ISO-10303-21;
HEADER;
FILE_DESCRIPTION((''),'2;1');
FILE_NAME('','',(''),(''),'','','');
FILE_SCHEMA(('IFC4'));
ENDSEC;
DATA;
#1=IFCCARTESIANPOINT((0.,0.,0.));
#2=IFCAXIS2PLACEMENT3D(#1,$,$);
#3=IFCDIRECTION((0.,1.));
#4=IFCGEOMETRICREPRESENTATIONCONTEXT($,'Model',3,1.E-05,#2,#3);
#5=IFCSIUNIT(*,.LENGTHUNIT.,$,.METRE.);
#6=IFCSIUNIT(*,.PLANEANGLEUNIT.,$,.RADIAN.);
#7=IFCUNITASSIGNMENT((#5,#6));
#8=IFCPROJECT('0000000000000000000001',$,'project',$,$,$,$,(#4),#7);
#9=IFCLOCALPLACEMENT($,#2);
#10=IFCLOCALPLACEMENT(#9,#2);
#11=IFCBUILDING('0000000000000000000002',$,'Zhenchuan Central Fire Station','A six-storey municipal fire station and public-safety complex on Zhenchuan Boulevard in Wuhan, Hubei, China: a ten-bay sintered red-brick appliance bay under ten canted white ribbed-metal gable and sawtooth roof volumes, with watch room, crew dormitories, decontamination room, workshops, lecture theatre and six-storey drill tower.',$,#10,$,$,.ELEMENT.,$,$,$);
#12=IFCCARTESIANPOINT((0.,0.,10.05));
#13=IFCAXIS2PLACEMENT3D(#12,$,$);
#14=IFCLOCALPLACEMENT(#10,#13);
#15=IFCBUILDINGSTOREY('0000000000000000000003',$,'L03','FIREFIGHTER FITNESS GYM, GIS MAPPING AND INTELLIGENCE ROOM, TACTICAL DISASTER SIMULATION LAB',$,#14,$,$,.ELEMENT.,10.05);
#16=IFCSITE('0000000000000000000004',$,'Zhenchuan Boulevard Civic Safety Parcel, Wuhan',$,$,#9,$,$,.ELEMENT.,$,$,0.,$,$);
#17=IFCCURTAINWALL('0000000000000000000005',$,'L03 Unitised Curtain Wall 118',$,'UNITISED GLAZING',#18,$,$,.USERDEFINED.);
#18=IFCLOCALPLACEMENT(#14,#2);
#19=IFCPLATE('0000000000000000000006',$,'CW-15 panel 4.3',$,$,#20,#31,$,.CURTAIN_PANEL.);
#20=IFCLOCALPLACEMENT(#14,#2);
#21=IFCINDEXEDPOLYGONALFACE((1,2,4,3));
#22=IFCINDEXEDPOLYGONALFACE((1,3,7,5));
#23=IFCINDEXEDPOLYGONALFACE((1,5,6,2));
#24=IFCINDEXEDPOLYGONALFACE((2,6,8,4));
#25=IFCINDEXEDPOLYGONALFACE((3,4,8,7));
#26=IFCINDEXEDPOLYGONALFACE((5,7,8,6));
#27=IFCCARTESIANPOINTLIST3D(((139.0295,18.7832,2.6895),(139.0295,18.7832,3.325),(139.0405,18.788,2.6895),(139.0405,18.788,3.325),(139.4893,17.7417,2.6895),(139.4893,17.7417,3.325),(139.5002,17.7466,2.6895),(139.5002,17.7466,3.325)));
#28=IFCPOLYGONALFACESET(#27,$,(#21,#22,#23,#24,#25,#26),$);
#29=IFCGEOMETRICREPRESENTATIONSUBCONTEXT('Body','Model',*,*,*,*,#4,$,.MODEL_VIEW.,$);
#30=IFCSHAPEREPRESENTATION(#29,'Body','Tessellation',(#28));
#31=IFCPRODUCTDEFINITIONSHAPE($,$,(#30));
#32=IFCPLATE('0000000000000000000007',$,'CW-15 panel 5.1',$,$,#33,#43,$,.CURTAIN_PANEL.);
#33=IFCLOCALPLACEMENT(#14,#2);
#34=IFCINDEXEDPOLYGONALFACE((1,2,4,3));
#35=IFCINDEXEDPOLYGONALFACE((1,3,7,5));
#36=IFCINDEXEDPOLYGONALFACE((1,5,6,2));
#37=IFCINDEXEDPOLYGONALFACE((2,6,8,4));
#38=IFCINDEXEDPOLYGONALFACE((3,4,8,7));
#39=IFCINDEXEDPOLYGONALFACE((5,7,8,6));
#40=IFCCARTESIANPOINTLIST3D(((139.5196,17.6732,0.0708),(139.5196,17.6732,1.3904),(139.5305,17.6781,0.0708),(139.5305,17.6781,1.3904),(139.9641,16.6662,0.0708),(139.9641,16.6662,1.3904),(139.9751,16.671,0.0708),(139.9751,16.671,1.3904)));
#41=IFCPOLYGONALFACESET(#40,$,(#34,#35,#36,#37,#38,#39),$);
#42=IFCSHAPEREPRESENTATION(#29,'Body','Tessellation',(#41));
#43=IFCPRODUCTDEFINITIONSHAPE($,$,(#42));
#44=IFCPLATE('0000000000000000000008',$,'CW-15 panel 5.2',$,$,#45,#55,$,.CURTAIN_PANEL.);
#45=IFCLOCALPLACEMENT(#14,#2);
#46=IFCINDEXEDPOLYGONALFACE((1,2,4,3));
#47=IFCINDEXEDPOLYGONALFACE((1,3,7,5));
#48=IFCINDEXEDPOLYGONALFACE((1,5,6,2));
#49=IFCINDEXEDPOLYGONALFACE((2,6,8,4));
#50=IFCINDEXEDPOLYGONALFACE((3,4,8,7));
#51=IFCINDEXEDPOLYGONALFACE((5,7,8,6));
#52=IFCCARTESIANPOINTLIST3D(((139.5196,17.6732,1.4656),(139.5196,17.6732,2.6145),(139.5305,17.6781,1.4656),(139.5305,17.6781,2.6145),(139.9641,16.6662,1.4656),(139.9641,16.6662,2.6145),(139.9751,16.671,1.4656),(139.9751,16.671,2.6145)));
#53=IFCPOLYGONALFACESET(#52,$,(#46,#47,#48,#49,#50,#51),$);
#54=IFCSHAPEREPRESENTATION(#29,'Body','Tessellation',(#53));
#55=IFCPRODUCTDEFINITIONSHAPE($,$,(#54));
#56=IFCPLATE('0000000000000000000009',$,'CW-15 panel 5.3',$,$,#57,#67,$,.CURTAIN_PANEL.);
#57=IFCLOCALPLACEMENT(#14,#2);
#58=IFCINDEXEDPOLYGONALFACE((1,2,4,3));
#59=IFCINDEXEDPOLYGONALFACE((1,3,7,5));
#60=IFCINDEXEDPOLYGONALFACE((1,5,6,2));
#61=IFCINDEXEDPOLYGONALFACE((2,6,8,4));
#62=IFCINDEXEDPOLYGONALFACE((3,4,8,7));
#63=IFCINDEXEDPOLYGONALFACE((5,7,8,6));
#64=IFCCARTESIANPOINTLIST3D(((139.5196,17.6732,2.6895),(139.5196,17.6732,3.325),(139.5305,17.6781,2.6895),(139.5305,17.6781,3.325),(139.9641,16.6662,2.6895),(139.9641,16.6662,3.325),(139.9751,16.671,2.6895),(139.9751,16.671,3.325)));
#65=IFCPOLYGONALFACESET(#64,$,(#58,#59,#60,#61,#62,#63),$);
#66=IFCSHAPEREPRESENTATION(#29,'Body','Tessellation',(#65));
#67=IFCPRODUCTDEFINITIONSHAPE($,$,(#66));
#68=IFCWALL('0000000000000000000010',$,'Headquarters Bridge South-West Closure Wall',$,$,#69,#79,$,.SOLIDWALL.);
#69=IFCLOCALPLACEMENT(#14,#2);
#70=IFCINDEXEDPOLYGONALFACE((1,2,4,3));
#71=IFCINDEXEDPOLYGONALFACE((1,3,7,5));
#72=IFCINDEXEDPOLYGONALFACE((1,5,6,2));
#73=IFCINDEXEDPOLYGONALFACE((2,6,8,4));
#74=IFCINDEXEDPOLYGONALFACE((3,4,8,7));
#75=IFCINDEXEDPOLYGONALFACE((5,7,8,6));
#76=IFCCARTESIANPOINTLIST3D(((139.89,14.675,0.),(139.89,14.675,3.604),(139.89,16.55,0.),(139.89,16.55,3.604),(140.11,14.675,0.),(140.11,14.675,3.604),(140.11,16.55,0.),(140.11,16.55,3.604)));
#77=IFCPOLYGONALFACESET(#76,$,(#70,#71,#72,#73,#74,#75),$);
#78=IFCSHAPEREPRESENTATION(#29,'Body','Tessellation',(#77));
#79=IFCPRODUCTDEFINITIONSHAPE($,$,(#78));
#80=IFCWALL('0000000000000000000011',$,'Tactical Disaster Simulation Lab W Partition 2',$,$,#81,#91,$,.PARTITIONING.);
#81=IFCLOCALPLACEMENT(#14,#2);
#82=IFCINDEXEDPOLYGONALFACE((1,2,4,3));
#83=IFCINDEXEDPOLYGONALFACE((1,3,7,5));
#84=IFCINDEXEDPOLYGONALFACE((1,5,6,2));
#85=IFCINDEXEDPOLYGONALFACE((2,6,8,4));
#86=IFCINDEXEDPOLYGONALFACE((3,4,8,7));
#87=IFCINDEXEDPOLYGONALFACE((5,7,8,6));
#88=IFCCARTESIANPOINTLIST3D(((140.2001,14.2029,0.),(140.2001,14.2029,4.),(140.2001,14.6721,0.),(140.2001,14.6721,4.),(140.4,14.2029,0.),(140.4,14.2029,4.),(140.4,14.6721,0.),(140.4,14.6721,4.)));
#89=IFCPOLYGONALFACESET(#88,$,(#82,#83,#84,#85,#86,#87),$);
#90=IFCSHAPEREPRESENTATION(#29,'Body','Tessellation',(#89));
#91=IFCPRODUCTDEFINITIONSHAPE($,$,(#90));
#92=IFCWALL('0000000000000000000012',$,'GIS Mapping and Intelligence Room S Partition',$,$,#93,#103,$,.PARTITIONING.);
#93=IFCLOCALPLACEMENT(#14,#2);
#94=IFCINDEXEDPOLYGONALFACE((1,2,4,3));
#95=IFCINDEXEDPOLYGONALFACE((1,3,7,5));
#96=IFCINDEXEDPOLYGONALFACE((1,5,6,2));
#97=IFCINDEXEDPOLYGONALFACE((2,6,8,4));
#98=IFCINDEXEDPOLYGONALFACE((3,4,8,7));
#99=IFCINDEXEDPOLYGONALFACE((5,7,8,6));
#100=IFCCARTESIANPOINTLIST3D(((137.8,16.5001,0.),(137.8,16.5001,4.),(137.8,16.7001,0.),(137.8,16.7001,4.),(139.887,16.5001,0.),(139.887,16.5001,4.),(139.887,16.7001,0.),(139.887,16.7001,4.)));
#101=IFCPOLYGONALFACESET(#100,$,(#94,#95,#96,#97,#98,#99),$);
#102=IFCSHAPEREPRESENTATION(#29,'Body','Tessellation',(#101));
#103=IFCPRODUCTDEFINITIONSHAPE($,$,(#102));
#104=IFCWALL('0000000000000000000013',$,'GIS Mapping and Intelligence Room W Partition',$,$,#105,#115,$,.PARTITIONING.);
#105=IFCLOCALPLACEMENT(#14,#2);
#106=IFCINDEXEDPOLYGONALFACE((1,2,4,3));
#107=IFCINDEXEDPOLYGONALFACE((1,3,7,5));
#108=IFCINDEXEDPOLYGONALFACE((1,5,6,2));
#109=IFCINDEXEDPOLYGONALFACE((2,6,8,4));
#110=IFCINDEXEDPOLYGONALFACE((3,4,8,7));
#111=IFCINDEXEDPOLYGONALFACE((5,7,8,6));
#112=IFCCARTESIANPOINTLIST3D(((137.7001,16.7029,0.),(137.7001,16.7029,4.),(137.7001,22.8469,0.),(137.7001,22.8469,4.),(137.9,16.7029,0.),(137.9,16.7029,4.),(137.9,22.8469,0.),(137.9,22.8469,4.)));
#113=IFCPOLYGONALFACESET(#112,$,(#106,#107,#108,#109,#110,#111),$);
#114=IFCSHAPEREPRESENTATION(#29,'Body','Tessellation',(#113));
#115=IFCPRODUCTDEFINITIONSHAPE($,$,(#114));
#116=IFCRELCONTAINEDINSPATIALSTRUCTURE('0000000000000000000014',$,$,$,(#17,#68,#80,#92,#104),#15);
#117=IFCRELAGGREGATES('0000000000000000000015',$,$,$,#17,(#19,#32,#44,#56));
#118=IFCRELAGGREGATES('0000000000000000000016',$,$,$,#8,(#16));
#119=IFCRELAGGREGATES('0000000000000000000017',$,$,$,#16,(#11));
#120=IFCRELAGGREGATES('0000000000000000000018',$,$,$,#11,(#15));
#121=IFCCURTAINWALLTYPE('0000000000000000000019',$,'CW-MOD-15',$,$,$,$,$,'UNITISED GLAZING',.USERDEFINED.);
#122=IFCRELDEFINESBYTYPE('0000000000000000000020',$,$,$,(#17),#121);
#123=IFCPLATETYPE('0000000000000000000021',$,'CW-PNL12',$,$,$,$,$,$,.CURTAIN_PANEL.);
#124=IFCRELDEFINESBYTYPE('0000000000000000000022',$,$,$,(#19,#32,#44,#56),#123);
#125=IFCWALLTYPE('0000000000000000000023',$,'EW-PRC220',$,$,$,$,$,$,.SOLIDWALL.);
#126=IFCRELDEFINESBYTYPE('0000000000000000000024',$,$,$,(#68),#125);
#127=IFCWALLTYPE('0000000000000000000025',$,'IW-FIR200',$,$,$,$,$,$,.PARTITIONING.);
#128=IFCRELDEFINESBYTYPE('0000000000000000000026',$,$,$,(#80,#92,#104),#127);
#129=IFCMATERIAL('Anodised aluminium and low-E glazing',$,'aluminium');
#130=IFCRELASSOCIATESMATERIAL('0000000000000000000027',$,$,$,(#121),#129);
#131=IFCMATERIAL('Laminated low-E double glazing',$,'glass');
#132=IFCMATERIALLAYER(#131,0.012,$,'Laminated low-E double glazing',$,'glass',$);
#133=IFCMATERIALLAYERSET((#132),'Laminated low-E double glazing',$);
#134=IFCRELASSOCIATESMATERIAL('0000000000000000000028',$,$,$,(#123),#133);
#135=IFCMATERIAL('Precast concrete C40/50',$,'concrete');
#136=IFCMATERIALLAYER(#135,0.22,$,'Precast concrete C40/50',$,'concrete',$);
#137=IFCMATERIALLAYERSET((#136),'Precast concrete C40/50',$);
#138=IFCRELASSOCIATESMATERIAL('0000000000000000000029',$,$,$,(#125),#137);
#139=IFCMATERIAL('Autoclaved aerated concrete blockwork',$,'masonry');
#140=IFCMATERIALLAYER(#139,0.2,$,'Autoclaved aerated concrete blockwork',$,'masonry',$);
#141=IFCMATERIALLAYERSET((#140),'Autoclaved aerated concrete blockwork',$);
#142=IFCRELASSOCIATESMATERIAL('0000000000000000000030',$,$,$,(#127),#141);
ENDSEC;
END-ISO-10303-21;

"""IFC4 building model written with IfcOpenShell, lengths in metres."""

from ifc_helpers import new_model, si_unit, direction, frame, frame_2d, origin, origin_2d, place, context, subcontext, project, spatial, rectangle, extrude, material, layer, layer_set, type_object, element, aggregate, save


model = new_model("IFC4")

# Units and contexts
model_context = context("Model", 3, precision=1e-05, world=origin(), true_north=direction((0.0, 1.0)))
body_context = subcontext(model_context, "Body", "Model", "MODEL_VIEW")
ifc_project = project(units=[si_unit("LENGTHUNIT", "METRE"), si_unit("PLANEANGLEUNIT", "RADIAN")], contexts=[model_context])

# Site, building, storey
site_placement = place(None, origin())
site = spatial("IfcSite", under=ifc_project, at=site_placement, Name="Zhenchuan Boulevard Civic Safety Parcel, Wuhan", CompositionType="ELEMENT", RefElevation=0.0)
building_placement = place(site_placement, origin())
building = spatial("IfcBuilding", under=site, at=building_placement, Name="Zhenchuan Central Fire Station", Description="A six-storey municipal fire station and public-safety complex on Zhenchuan Boulevard in Wuhan, Hubei, China: a ten-bay sintered red-brick appliance bay under ten canted white ribbed-metal gable and sawtooth roof volumes, with watch room, crew dormitories, decontamination room, workshops, lecture theatre and six-storey drill tower.", CompositionType="ELEMENT")
storey_placement = place(building_placement, frame((0.0, 0.0, 10.05)))
storey = spatial("IfcBuildingStorey", under=building, at=storey_placement, Name="L03", Description="FIREFIGHTER FITNESS GYM, GIS MAPPING AND INTELLIGENCE ROOM, TACTICAL DISASTER SIMULATION LAB", CompositionType="ELEMENT", Elevation=10.05)

# Shared definitions
ifc_material_1 = material(Name="Anodised aluminium and low-E glazing", Category="aluminium")

# Curtain wall
curtain_wall_type_1 = type_object("IfcCurtainWallType", Name="CW-MOD-15", ElementType="UNITISED GLAZING", PredefinedType="USERDEFINED", material=ifc_material_1)
curtain_wall_1_placement = place(storey_placement, origin())
curtain_wall_1 = element("IfcCurtainWall", 1, at=curtain_wall_1_placement, inside=storey, type_object=curtain_wall_type_1, Name="L03 Unitised Curtain Wall 118", ObjectType="UNITISED GLAZING", PredefinedType="USERDEFINED")

# Plates
ifc_material_2 = material(Name="Laminated low-E double glazing", Category="glass")
ifc_layer_1 = layer(ifc_material_2, 0.012, Name="Laminated low-E double glazing", Category="glass")
ifc_layer_set_1 = layer_set([ifc_layer_1], Name="Laminated low-E double glazing")
plate_type = type_object("IfcPlateType", Name="CW-PNL12", PredefinedType="CURTAIN_PANEL", material=ifc_layer_set_1)
plate_1_placement = place(storey_placement, frame((139.2649, 18.2649, 2.6895), z_axis=(0.0, 0.0, 1.0), x_axis=(0.403843, -0.914828, 0.0)))
plate_1 = element("IfcPlate", 2, at=plate_1_placement, type_object=plate_type, Name="CW-15 panel 4.3", PredefinedType="CURTAIN_PANEL", context=body_context, shape_type="SweptSolid", body=[
    extrude(rectangle(XDim=1.1384, YDim=0.012, at=origin_2d()), origin(), (0.0, 0.0, 1.0), 0.6355),
])
plate_2_placement = place(storey_placement, frame((139.7473, 17.1721, 0.0708), z_axis=(0.0, 0.0, 1.0), x_axis=(0.403843, -0.914828, 0.0)))
plate_2 = element("IfcPlate", 3, at=plate_2_placement, type_object=plate_type, Name="CW-15 panel 5.1", PredefinedType="CURTAIN_PANEL", context=body_context, shape_type="SweptSolid", body=[
    extrude(rectangle(XDim=1.1008, YDim=0.012, at=origin_2d()), origin(), (0.0, 0.0, 1.0), 1.3196),
])
plate_3_placement = place(storey_placement, frame((139.7473, 17.1721, 1.4656), z_axis=(0.0, 0.0, 1.0), x_axis=(0.403843, -0.914828, 0.0)))
plate_3 = element("IfcPlate", 4, at=plate_3_placement, type_object=plate_type, Name="CW-15 panel 5.2", PredefinedType="CURTAIN_PANEL", context=body_context, shape_type="SweptSolid", body=[
    extrude(rectangle(XDim=1.1008, YDim=0.012, at=origin_2d()), origin(), (0.0, 0.0, 1.0), 1.1489),
])
plate_4_placement = place(storey_placement, frame((139.7473, 17.1721, 2.6895), z_axis=(0.0, 0.0, 1.0), x_axis=(0.403843, -0.914828, 0.0)))
plate_4 = element("IfcPlate", 5, at=plate_4_placement, type_object=plate_type, Name="CW-15 panel 5.3", PredefinedType="CURTAIN_PANEL", context=body_context, shape_type="SweptSolid", body=[
    extrude(rectangle(XDim=1.1008, YDim=0.012, at=origin_2d()), origin(), (0.0, 0.0, 1.0), 0.6355),
])
aggregate(curtain_wall_1, [plate_1, plate_2, plate_3, plate_4])

# Walls
ifc_material_3 = material(Name="Precast concrete C40/50", Category="concrete")
ifc_layer_2 = layer(ifc_material_3, 0.22, Name="Precast concrete C40/50", Category="concrete")
ifc_layer_set_2 = layer_set([ifc_layer_2], Name="Precast concrete C40/50")
wall_type_1 = type_object("IfcWallType", Name="EW-PRC220", PredefinedType="SOLIDWALL", material=ifc_layer_set_2)
wall_1_placement = place(storey_placement, frame((140.0, 14.675, 0.0), z_axis=(0.0, 0.0, 1.0), x_axis=(0.0, 1.0, 0.0)))
element("IfcWall", 6, at=wall_1_placement, inside=storey, type_object=wall_type_1, Name="Headquarters Bridge South-West Closure Wall", PredefinedType="SOLIDWALL", context=body_context, shape_type="SweptSolid", body=[
    extrude(rectangle(XDim=1.875, YDim=0.22, at=frame_2d((0.9375, 0.0))), origin(), (0.0, 0.0, 1.0), 3.604),
])
ifc_material_4 = material(Name="Autoclaved aerated concrete blockwork", Category="masonry")
ifc_layer_3 = layer(ifc_material_4, 0.2, Name="Autoclaved aerated concrete blockwork", Category="masonry")
ifc_layer_set_3 = layer_set([ifc_layer_3], Name="Autoclaved aerated concrete blockwork")
wall_type_2 = type_object("IfcWallType", Name="IW-FIR200", PredefinedType="PARTITIONING", material=ifc_layer_set_3)
wall_2_placement = place(storey_placement, frame((140.3, 14.2029, 0.0), z_axis=(0.0, 0.0, 1.0), x_axis=(0.0, 1.0, 0.0)))
element("IfcWall", 7, at=wall_2_placement, inside=storey, type_object=wall_type_2, Name="Tactical Disaster Simulation Lab W Partition 2", PredefinedType="PARTITIONING", context=body_context, shape_type="SweptSolid", body=[
    extrude(rectangle(XDim=0.4692, YDim=0.2, at=frame_2d((0.2346, 0.0))), origin(), (0.0, 0.0, 1.0), 4.0),
])
wall_3_placement = place(storey_placement, frame((137.8, 16.6001, 0.0), z_axis=(0.0, 0.0, 1.0), x_axis=(1.0, 0.0, 0.0)))
element("IfcWall", 8, at=wall_3_placement, inside=storey, type_object=wall_type_2, Name="GIS Mapping and Intelligence Room S Partition", PredefinedType="PARTITIONING", context=body_context, shape_type="SweptSolid", body=[
    extrude(rectangle(XDim=2.0869, YDim=0.2, at=frame_2d((1.0435, 0.0))), origin(), (0.0, 0.0, 1.0), 4.0),
])
wall_4_placement = place(storey_placement, frame((137.8, 16.7029, 0.0), z_axis=(0.0, 0.0, 1.0), x_axis=(0.0, 1.0, 0.0)))
element("IfcWall", 9, at=wall_4_placement, inside=storey, type_object=wall_type_2, Name="GIS Mapping and Intelligence Room W Partition", PredefinedType="PARTITIONING", context=body_context, shape_type="SweptSolid", body=[
    extrude(rectangle(XDim=6.144, YDim=0.2, at=frame_2d((3.072, 0.0))), origin(), (0.0, 0.0, 1.0), 4.0),
])

save(model, "model.ifc")
